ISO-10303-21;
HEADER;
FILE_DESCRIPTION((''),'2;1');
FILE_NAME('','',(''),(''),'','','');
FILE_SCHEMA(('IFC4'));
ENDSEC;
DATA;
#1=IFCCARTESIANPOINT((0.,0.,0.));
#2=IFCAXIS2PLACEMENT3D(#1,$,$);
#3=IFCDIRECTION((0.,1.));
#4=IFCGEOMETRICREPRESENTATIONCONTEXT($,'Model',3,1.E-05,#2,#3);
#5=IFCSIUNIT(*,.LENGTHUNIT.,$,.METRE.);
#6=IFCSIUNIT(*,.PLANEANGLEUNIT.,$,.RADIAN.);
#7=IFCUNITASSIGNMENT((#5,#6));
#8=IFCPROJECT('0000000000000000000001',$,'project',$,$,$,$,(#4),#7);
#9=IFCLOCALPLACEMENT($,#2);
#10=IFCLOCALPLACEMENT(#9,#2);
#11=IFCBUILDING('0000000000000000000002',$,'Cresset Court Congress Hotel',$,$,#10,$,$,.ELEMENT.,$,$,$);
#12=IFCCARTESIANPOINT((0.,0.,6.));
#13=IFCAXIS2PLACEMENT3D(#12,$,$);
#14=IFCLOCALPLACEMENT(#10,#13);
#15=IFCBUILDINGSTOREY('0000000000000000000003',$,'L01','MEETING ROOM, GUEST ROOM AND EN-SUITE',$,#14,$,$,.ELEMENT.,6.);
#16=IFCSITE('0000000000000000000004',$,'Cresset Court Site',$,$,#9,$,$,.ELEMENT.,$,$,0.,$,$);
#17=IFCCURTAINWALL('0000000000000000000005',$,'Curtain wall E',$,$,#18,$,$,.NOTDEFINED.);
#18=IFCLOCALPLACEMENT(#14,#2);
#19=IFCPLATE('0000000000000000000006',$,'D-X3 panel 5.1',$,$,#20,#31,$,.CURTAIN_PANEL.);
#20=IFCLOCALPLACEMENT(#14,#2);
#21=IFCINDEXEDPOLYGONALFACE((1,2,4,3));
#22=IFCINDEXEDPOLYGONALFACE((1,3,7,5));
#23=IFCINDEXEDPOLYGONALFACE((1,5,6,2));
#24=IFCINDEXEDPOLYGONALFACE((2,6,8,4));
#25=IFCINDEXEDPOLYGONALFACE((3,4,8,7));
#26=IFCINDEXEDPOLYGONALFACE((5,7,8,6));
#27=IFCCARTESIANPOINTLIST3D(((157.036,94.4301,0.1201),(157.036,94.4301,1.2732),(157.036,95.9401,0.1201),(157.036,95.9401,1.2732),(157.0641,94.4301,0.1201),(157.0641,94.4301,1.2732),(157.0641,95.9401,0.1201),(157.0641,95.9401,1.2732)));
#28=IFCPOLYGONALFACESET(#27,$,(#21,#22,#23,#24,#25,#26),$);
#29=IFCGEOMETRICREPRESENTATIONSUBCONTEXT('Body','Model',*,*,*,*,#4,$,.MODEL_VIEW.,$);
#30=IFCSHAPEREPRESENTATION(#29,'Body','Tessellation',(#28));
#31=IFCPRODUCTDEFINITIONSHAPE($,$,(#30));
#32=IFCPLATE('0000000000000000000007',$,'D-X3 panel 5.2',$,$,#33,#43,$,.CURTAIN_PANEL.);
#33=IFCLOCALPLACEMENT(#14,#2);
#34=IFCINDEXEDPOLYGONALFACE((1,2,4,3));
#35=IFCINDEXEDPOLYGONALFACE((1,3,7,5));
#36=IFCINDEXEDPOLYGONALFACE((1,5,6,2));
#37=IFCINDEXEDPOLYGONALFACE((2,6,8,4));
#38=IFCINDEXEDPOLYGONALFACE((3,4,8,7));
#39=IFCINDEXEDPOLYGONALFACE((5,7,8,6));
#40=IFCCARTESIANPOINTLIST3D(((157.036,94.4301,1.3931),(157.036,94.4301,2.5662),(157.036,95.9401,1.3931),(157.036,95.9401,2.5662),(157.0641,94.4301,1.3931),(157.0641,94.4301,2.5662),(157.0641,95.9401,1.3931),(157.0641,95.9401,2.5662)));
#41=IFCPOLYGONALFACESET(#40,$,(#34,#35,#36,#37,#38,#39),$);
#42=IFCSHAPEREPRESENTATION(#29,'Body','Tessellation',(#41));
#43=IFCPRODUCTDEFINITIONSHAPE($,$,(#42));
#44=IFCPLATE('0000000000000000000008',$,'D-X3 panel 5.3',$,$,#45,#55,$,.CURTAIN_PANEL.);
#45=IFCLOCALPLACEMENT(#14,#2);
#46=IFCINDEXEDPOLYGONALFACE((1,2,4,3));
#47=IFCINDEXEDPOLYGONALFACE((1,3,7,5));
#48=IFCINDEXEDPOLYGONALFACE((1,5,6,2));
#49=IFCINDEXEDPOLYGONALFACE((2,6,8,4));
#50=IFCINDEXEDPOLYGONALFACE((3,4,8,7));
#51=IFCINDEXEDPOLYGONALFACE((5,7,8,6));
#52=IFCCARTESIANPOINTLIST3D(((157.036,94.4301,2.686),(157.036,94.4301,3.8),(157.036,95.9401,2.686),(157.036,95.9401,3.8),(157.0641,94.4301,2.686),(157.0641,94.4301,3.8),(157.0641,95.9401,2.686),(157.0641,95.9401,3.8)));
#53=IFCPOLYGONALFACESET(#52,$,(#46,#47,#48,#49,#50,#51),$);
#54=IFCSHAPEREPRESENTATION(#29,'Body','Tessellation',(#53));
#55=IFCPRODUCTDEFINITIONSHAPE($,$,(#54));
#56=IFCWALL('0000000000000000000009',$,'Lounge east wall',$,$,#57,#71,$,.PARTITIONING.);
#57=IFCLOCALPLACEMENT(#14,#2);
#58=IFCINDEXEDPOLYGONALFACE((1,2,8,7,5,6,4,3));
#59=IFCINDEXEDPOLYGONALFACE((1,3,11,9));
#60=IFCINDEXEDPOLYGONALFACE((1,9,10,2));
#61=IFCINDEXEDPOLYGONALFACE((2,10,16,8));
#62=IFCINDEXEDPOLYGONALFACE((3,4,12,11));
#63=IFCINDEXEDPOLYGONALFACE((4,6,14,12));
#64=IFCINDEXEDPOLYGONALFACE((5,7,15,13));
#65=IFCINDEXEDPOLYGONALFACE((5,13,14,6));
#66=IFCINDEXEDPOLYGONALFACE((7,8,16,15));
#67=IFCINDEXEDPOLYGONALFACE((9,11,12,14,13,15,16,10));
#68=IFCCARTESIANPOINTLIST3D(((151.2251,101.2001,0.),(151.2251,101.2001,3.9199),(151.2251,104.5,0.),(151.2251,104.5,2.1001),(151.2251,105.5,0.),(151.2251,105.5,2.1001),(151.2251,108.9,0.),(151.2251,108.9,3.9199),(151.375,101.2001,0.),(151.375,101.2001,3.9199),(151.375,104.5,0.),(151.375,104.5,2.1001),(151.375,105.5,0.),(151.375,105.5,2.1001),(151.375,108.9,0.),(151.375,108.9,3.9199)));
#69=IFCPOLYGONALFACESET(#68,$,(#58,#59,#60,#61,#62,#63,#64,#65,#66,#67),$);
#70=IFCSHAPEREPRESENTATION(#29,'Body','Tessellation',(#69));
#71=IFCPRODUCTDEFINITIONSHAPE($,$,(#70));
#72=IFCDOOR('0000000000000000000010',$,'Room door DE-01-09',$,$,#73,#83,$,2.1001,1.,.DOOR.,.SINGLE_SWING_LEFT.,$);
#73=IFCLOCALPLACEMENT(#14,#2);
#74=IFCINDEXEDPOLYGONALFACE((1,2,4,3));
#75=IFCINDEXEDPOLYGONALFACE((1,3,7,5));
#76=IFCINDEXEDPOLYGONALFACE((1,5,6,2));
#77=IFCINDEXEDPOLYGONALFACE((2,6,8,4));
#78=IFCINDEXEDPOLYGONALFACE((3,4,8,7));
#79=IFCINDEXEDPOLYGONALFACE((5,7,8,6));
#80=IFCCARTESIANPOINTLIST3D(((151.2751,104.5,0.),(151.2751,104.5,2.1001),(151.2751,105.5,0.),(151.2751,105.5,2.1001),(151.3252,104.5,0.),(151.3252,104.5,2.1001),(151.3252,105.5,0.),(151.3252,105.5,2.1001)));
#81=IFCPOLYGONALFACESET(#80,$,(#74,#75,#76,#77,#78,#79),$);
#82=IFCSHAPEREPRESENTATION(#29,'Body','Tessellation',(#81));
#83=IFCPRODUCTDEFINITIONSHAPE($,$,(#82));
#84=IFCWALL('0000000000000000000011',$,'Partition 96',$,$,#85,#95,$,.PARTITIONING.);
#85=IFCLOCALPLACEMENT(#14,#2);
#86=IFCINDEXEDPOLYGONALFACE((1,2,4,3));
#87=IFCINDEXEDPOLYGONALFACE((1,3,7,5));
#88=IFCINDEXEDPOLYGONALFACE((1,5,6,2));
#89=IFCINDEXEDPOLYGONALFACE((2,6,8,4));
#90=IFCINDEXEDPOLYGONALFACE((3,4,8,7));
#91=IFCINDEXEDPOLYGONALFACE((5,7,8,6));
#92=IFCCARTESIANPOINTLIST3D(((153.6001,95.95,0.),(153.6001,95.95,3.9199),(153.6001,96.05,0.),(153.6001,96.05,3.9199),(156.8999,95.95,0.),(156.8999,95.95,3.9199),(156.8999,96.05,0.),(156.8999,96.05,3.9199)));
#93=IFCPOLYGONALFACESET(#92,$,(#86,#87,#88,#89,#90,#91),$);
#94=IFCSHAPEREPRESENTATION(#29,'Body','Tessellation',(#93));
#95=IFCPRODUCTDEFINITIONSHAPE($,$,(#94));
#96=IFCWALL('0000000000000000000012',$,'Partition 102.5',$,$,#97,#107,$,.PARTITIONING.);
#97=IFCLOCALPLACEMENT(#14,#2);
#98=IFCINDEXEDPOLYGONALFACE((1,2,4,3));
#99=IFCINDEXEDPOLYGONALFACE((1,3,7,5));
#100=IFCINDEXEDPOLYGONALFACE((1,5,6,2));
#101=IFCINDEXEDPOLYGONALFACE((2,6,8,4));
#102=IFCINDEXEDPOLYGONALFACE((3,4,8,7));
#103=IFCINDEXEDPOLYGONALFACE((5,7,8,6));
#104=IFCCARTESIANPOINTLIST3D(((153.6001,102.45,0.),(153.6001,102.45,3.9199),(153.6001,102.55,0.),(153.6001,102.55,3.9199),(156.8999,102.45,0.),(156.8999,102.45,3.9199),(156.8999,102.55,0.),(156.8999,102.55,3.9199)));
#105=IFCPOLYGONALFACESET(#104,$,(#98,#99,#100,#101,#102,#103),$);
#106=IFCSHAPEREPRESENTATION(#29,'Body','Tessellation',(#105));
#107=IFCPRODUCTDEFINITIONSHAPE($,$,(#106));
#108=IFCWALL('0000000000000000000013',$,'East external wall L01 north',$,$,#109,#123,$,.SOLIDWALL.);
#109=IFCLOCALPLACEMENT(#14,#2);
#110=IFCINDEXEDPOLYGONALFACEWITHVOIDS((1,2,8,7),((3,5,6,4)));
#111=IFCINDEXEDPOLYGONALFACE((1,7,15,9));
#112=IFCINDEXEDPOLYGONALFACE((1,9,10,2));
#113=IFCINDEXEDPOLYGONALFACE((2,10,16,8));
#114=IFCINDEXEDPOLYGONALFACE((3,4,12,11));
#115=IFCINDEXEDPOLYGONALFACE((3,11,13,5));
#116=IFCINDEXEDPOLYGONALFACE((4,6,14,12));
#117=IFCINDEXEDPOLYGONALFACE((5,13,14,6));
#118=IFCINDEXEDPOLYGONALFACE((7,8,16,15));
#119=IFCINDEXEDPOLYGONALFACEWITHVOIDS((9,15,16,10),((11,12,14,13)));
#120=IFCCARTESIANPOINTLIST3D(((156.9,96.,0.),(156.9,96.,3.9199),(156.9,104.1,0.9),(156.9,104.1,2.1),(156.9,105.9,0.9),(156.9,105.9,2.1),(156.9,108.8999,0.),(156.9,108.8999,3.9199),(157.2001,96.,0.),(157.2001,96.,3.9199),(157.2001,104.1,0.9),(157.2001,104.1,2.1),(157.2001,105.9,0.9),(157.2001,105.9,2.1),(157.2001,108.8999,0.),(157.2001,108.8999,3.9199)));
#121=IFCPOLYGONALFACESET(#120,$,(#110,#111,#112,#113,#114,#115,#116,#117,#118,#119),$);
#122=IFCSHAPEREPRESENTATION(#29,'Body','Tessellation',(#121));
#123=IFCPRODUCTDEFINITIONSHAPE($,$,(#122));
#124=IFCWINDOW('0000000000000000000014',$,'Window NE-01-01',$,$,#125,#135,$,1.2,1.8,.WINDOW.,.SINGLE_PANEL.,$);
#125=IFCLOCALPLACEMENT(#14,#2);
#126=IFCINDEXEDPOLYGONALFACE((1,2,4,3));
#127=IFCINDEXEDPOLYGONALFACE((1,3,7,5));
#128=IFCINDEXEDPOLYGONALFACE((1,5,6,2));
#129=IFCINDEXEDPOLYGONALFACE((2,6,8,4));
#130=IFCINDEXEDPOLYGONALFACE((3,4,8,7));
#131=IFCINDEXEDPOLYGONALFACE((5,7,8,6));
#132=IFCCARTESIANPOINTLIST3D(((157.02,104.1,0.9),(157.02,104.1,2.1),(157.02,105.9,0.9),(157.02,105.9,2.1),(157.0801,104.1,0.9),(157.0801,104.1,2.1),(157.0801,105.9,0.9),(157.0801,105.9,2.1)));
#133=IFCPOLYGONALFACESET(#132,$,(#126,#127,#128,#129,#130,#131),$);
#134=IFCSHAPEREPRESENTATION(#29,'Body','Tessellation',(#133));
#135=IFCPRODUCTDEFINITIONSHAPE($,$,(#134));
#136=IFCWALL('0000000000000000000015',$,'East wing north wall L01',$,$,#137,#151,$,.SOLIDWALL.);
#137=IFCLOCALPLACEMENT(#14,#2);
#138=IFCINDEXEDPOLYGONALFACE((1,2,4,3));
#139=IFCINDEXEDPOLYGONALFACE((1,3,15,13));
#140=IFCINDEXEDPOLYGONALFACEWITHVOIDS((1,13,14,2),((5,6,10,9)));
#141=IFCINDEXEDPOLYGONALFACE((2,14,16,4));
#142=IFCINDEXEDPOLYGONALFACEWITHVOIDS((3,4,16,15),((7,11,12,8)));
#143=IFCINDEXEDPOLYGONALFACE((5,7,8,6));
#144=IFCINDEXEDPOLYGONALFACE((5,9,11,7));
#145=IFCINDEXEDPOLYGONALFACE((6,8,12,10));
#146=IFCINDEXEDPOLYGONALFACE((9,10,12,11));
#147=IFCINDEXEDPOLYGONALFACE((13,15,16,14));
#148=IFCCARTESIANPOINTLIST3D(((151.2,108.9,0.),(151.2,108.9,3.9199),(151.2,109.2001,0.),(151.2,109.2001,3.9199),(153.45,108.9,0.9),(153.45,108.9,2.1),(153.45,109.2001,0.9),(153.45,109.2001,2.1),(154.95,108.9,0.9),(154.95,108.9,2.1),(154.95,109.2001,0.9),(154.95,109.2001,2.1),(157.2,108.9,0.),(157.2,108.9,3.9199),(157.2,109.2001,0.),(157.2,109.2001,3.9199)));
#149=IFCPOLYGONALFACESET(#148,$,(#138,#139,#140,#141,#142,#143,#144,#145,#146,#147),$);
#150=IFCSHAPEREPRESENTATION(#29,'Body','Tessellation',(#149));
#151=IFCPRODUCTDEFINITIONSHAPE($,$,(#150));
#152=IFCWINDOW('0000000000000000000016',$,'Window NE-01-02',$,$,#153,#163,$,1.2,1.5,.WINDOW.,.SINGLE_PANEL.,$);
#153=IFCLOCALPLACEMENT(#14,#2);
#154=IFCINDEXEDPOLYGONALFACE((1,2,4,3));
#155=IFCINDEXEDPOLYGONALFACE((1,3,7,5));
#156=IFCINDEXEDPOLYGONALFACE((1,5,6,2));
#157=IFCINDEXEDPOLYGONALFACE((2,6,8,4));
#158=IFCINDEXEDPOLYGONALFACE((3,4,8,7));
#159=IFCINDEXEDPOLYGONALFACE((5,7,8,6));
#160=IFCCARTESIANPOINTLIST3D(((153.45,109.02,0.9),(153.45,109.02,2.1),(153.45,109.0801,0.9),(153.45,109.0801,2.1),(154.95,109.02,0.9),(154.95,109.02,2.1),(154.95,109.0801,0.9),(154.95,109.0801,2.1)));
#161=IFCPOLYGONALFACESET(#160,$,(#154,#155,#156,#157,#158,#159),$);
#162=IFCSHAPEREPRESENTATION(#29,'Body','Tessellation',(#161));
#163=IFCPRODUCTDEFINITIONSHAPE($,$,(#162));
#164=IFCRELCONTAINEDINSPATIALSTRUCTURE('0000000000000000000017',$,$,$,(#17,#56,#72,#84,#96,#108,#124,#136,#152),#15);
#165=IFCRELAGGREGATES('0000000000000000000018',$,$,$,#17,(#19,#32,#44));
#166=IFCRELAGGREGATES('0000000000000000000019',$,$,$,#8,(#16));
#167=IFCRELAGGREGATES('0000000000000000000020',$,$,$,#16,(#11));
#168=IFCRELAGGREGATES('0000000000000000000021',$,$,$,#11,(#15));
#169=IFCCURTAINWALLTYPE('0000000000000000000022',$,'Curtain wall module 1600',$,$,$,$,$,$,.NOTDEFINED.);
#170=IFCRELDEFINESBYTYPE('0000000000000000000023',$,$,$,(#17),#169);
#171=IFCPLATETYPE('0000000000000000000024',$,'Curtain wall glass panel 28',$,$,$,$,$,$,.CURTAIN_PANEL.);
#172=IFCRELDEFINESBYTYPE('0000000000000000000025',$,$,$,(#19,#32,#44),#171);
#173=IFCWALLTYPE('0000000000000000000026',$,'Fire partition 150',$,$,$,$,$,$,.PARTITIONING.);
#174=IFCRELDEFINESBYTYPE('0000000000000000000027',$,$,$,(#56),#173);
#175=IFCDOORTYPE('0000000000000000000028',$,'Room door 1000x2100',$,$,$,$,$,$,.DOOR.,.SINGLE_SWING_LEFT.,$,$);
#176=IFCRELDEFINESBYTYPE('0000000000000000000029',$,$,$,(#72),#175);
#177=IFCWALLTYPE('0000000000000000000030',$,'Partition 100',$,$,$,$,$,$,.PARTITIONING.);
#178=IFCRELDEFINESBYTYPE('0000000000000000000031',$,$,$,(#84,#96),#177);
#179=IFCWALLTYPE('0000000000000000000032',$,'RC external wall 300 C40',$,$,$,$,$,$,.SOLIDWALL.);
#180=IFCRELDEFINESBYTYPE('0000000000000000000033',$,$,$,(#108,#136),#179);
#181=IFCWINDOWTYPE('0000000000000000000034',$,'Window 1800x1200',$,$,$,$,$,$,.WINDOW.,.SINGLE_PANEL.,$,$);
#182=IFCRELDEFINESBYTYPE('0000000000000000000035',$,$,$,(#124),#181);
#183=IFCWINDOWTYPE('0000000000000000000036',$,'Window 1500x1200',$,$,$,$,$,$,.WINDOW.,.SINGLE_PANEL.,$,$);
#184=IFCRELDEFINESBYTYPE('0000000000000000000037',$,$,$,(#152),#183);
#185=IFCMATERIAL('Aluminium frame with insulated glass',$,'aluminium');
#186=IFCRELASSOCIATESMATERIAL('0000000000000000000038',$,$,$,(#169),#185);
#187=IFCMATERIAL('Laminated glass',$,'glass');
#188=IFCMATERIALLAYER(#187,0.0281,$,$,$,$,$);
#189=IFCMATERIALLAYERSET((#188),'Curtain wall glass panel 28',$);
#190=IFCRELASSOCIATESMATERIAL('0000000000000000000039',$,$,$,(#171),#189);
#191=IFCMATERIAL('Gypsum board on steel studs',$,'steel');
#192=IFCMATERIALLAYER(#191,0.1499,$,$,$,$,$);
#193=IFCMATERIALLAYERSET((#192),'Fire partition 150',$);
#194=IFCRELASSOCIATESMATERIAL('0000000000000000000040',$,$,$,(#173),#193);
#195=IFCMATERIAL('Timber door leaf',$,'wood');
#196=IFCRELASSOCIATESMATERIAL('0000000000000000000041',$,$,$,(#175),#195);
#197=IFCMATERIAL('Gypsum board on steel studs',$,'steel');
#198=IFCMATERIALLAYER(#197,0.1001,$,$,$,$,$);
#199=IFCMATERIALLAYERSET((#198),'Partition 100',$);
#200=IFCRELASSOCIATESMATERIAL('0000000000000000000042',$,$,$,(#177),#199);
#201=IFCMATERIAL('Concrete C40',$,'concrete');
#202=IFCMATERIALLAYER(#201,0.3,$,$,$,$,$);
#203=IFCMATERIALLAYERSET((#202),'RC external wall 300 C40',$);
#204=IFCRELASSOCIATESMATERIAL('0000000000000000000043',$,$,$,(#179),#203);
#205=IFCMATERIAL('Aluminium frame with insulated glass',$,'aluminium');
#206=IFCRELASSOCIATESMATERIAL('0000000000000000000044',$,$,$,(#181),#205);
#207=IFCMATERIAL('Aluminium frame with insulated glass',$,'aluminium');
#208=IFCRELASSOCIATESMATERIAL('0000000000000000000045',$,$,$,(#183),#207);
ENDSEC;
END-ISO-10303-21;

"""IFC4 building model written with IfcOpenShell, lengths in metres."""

from ifc_helpers import new_model, si_unit, direction, frame, frame_2d, origin, origin_2d, place, context, subcontext, project, spatial, rectangle, extrude, material, layer, layer_set, type_object, element, fill, aggregate, save


model = new_model("IFC4")

# Units and contexts
model_context = context("Model", 3, precision=1e-05, world=origin(), true_north=direction((0.0, 1.0)))
body_context = subcontext(model_context, "Body", "Model", "MODEL_VIEW")
ifc_project = project(units=[si_unit("LENGTHUNIT", "METRE"), si_unit("PLANEANGLEUNIT", "RADIAN")], contexts=[model_context])

# Site, building, storey
site_placement = place(None, origin())
site = spatial("IfcSite", under=ifc_project, at=site_placement, Name="Cresset Court Site", CompositionType="ELEMENT", RefElevation=0.0)
building_placement = place(site_placement, origin())
building = spatial("IfcBuilding", under=site, at=building_placement, Name="Cresset Court Congress Hotel", CompositionType="ELEMENT")
storey_placement = place(building_placement, frame((0.0, 0.0, 6.0)))
storey = spatial("IfcBuildingStorey", under=building, at=storey_placement, Name="L01", Description="MEETING ROOM, GUEST ROOM AND EN-SUITE", CompositionType="ELEMENT", Elevation=6.0)

# Curtain wall, plates
ifc_material_1 = material(Name="Aluminium frame with insulated glass", Category="aluminium")
curtain_wall_type = type_object("IfcCurtainWallType", Name="Curtain wall module 1600", PredefinedType="NOTDEFINED", material=ifc_material_1)
curtain_wall_placement = place(storey_placement, origin())
curtain_wall = element("IfcCurtainWall", 1, at=curtain_wall_placement, inside=storey, type_object=curtain_wall_type, Name="Curtain wall E", PredefinedType="NOTDEFINED")
ifc_material_2 = material(Name="Laminated glass", Category="glass")
ifc_layer_1 = layer(ifc_material_2, 0.0281)
ifc_layer_set_1 = layer_set([ifc_layer_1], Name="Curtain wall glass panel 28")
plate_type = type_object("IfcPlateType", Name="Curtain wall glass panel 28", PredefinedType="CURTAIN_PANEL", material=ifc_layer_set_1)
plate_1_placement = place(storey_placement, frame((157.05, 95.1851, 0.1201), z_axis=(0.0, 0.0, 1.0), x_axis=(0.0, 1.0, 0.0)))
plate_1 = element("IfcPlate", 2, at=plate_1_placement, type_object=plate_type, Name="D-X3 panel 5.1", PredefinedType="CURTAIN_PANEL", context=body_context, shape_type="SweptSolid", body=[
    extrude(rectangle(XDim=1.51, YDim=0.0281, at=origin_2d()), origin(), (0.0, 0.0, 1.0), 1.1531),
])
plate_2_placement = place(storey_placement, frame((157.05, 95.1851, 1.3931), z_axis=(0.0, 0.0, 1.0), x_axis=(0.0, 1.0, 0.0)))
plate_2 = element("IfcPlate", 3, at=plate_2_placement, type_object=plate_type, Name="D-X3 panel 5.2", PredefinedType="CURTAIN_PANEL", context=body_context, shape_type="SweptSolid", body=[
    extrude(rectangle(XDim=1.51, YDim=0.0281, at=origin_2d()), origin(), (0.0, 0.0, 1.0), 1.1731),
])
plate_3_placement = place(storey_placement, frame((157.05, 95.1851, 2.686), z_axis=(0.0, 0.0, 1.0), x_axis=(0.0, 1.0, 0.0)))
plate_3 = element("IfcPlate", 4, at=plate_3_placement, type_object=plate_type, Name="D-X3 panel 5.3", PredefinedType="CURTAIN_PANEL", context=body_context, shape_type="SweptSolid", body=[
    extrude(rectangle(XDim=1.51, YDim=0.0281, at=origin_2d()), origin(), (0.0, 0.0, 1.0), 1.114),
])
aggregate(curtain_wall, [plate_1, plate_2, plate_3])

# Wall, opening, door
ifc_material_3 = material(Name="Gypsum board on steel studs", Category="steel")
ifc_layer_2 = layer(ifc_material_3, 0.1499)
ifc_layer_set_2 = layer_set([ifc_layer_2], Name="Fire partition 150")
wall_type_1 = type_object("IfcWallType", Name="Fire partition 150", PredefinedType="PARTITIONING", material=ifc_layer_set_2)
wall_1_placement = place(storey_placement, frame((151.3, 101.2, 0.0), z_axis=(0.0, 0.0, 1.0), x_axis=(0.0, 1.0, 0.0)))
wall_1 = element("IfcWall", 5, at=wall_1_placement, inside=storey, type_object=wall_type_1, Name="Lounge east wall", PredefinedType="PARTITIONING", context=body_context, shape_type="SweptSolid", body=[
    extrude(rectangle(XDim=7.7, YDim=0.1499, at=frame_2d((3.8501, 0.0))), origin(), (0.0, 0.0, 1.0), 3.9199),
])
opening_1_placement = place(wall_1_placement, frame((3.3, 0.0, 0.0)))
opening_1 = element("IfcOpeningElement", 6, at=opening_1_placement, cuts=wall_1, PredefinedType="OPENING", context=body_context, shape_type="SweptSolid", body=[
    extrude(rectangle(XDim=1.0, YDim=2.1001, at=frame_2d((0.5, 1.05))), frame((0.0, 0.085, 0.0), z_axis=(0.0, -1.0, 0.0), x_axis=(1.0, 0.0, 0.0)), (0.0, 0.0, 1.0), 0.1699),
])
ifc_material_4 = material(Name="Timber door leaf", Category="wood")
door_type = type_object("IfcDoorType", Name="Room door 1000x2100", OperationType="SINGLE_SWING_LEFT", PredefinedType="DOOR", material=ifc_material_4)
door_placement = place(opening_1_placement, origin())
door = element("IfcDoor", 7, at=door_placement, inside=storey, type_object=door_type, Name="Room door DE-01-09", OperationType="SINGLE_SWING_LEFT", OverallHeight=2.1001, OverallWidth=1.0, PredefinedType="DOOR", context=body_context, shape_type="SweptSolid", body=[
    extrude(rectangle(XDim=1.0, YDim=2.1001, at=frame_2d((0.5, 1.05))), frame((0.0, 0.0249, 0.0), z_axis=(0.0, -1.0, 0.0), x_axis=(1.0, 0.0, 0.0)), (0.0, 0.0, 1.0), 0.05),
])
fill(opening_1, door)

# Walls
ifc_material_5 = material(Name="Gypsum board on steel studs", Category="steel")
ifc_layer_3 = layer(ifc_material_5, 0.1001)
ifc_layer_set_3 = layer_set([ifc_layer_3], Name="Partition 100")
wall_type_2 = type_object("IfcWallType", Name="Partition 100", PredefinedType="PARTITIONING", material=ifc_layer_set_3)
for number, where, z_axis, x_axis, name in (
    (8, (153.6001, 96.0, 0.0), (0.0, 0.0, 1.0), (1.0, 0.0, 0.0), "Partition 96"),
    (9, (153.6001, 102.5, 0.0), (0.0, 0.0, 1.0), (1.0, 0.0, 0.0), "Partition 102.5"),
):
    element("IfcWall", number, at=place(storey_placement, frame(where, z_axis=z_axis, x_axis=x_axis)), inside=storey, type_object=wall_type_2, Name=name, PredefinedType="PARTITIONING", context=body_context, shape_type="SweptSolid", body=[
        extrude(rectangle(XDim=3.2998, YDim=0.1001, at=frame_2d((1.6499, 0.0))), origin(), (0.0, 0.0, 1.0), 3.9199),
    ])

# Walls, openings, windows
ifc_material_6 = material(Name="Concrete C40", Category="concrete")
ifc_layer_4 = layer(ifc_material_6, 0.3)
ifc_layer_set_4 = layer_set([ifc_layer_4], Name="RC external wall 300 C40")
wall_type_3 = type_object("IfcWallType", Name="RC external wall 300 C40", PredefinedType="SOLIDWALL", material=ifc_layer_set_4)
wall_2_placement = place(storey_placement, frame((157.05, 96.0, 0.0), z_axis=(0.0, 0.0, 1.0), x_axis=(0.0, 1.0, 0.0)))
wall_2 = element("IfcWall", 10, at=wall_2_placement, inside=storey, type_object=wall_type_3, Name="East external wall L01 north", PredefinedType="SOLIDWALL", context=body_context, shape_type="SweptSolid", body=[
    extrude(rectangle(XDim=12.8999, YDim=0.3, at=frame_2d((6.45, 0.0))), origin(), (0.0, 0.0, 1.0), 3.9199),
])
opening_2_placement = place(wall_2_placement, frame((8.1001, 0.0, 0.8999)))
opening_2 = element("IfcOpeningElement", 11, at=opening_2_placement, cuts=wall_2, PredefinedType="OPENING", context=body_context, shape_type="SweptSolid", body=[
    extrude(rectangle(XDim=1.8, YDim=1.2, at=frame_2d((0.8999, 0.6001))), frame((0.0, 0.1599, 0.0), z_axis=(0.0, -1.0, 0.0), x_axis=(1.0, 0.0, 0.0)), (0.0, 0.0, 1.0), 0.3201),
])
ifc_material_7 = material(Name="Aluminium frame with insulated glass", Category="aluminium")
window_type_1 = type_object("IfcWindowType", Name="Window 1800x1200", PartitioningType="SINGLE_PANEL", PredefinedType="WINDOW", material=ifc_material_7)
window_1_placement = place(opening_2_placement, origin())
window_1 = element("IfcWindow", 12, at=window_1_placement, inside=storey, type_object=window_type_1, Name="Window NE-01-01", OverallHeight=1.2, OverallWidth=1.8, PartitioningType="SINGLE_PANEL", PredefinedType="WINDOW", context=body_context, shape_type="SweptSolid", body=[
    extrude(rectangle(XDim=1.8, YDim=1.2, at=frame_2d((0.8999, 0.6001))), frame((0.0, 0.03, 0.0), z_axis=(0.0, -1.0, 0.0), x_axis=(1.0, 0.0, 0.0)), (0.0, 0.0, 1.0), 0.0601),
])
fill(opening_2, window_1)
wall_3_placement = place(storey_placement, frame((151.2, 109.05, 0.0), z_axis=(0.0, 0.0, 1.0), x_axis=(1.0, 0.0, 0.0)))
wall_3 = element("IfcWall", 13, at=wall_3_placement, inside=storey, type_object=wall_type_3, Name="East wing north wall L01", PredefinedType="SOLIDWALL", context=body_context, shape_type="SweptSolid", body=[
    extrude(rectangle(XDim=6.0, YDim=0.3, at=frame_2d((3.0, 0.0))), origin(), (0.0, 0.0, 1.0), 3.9199),
])
opening_3_placement = place(wall_3_placement, frame((2.25, 0.0, 0.8999)))
opening_3 = element("IfcOpeningElement", 14, at=opening_3_placement, cuts=wall_3, PredefinedType="OPENING", context=body_context, shape_type="SweptSolid", body=[
    extrude(rectangle(XDim=1.5, YDim=1.2, at=frame_2d((0.75, 0.6001))), frame((0.0, 0.1599, 0.0), z_axis=(0.0, -1.0, 0.0), x_axis=(1.0, 0.0, 0.0)), (0.0, 0.0, 1.0), 0.3201),
])
ifc_material_8 = material(Name="Aluminium frame with insulated glass", Category="aluminium")
window_type_2 = type_object("IfcWindowType", Name="Window 1500x1200", PartitioningType="SINGLE_PANEL", PredefinedType="WINDOW", material=ifc_material_8)
window_2_placement = place(opening_3_placement, origin())
window_2 = element("IfcWindow", 15, at=window_2_placement, inside=storey, type_object=window_type_2, Name="Window NE-01-02", OverallHeight=1.2, OverallWidth=1.5, PartitioningType="SINGLE_PANEL", PredefinedType="WINDOW", context=body_context, shape_type="SweptSolid", body=[
    extrude(rectangle(XDim=1.5, YDim=1.2, at=frame_2d((0.75, 0.6001))), frame((0.0, 0.03, 0.0), z_axis=(0.0, -1.0, 0.0), x_axis=(1.0, 0.0, 0.0)), (0.0, 0.0, 1.0), 0.0601),
])
fill(opening_3, window_2)

save(model, "model.ifc")
